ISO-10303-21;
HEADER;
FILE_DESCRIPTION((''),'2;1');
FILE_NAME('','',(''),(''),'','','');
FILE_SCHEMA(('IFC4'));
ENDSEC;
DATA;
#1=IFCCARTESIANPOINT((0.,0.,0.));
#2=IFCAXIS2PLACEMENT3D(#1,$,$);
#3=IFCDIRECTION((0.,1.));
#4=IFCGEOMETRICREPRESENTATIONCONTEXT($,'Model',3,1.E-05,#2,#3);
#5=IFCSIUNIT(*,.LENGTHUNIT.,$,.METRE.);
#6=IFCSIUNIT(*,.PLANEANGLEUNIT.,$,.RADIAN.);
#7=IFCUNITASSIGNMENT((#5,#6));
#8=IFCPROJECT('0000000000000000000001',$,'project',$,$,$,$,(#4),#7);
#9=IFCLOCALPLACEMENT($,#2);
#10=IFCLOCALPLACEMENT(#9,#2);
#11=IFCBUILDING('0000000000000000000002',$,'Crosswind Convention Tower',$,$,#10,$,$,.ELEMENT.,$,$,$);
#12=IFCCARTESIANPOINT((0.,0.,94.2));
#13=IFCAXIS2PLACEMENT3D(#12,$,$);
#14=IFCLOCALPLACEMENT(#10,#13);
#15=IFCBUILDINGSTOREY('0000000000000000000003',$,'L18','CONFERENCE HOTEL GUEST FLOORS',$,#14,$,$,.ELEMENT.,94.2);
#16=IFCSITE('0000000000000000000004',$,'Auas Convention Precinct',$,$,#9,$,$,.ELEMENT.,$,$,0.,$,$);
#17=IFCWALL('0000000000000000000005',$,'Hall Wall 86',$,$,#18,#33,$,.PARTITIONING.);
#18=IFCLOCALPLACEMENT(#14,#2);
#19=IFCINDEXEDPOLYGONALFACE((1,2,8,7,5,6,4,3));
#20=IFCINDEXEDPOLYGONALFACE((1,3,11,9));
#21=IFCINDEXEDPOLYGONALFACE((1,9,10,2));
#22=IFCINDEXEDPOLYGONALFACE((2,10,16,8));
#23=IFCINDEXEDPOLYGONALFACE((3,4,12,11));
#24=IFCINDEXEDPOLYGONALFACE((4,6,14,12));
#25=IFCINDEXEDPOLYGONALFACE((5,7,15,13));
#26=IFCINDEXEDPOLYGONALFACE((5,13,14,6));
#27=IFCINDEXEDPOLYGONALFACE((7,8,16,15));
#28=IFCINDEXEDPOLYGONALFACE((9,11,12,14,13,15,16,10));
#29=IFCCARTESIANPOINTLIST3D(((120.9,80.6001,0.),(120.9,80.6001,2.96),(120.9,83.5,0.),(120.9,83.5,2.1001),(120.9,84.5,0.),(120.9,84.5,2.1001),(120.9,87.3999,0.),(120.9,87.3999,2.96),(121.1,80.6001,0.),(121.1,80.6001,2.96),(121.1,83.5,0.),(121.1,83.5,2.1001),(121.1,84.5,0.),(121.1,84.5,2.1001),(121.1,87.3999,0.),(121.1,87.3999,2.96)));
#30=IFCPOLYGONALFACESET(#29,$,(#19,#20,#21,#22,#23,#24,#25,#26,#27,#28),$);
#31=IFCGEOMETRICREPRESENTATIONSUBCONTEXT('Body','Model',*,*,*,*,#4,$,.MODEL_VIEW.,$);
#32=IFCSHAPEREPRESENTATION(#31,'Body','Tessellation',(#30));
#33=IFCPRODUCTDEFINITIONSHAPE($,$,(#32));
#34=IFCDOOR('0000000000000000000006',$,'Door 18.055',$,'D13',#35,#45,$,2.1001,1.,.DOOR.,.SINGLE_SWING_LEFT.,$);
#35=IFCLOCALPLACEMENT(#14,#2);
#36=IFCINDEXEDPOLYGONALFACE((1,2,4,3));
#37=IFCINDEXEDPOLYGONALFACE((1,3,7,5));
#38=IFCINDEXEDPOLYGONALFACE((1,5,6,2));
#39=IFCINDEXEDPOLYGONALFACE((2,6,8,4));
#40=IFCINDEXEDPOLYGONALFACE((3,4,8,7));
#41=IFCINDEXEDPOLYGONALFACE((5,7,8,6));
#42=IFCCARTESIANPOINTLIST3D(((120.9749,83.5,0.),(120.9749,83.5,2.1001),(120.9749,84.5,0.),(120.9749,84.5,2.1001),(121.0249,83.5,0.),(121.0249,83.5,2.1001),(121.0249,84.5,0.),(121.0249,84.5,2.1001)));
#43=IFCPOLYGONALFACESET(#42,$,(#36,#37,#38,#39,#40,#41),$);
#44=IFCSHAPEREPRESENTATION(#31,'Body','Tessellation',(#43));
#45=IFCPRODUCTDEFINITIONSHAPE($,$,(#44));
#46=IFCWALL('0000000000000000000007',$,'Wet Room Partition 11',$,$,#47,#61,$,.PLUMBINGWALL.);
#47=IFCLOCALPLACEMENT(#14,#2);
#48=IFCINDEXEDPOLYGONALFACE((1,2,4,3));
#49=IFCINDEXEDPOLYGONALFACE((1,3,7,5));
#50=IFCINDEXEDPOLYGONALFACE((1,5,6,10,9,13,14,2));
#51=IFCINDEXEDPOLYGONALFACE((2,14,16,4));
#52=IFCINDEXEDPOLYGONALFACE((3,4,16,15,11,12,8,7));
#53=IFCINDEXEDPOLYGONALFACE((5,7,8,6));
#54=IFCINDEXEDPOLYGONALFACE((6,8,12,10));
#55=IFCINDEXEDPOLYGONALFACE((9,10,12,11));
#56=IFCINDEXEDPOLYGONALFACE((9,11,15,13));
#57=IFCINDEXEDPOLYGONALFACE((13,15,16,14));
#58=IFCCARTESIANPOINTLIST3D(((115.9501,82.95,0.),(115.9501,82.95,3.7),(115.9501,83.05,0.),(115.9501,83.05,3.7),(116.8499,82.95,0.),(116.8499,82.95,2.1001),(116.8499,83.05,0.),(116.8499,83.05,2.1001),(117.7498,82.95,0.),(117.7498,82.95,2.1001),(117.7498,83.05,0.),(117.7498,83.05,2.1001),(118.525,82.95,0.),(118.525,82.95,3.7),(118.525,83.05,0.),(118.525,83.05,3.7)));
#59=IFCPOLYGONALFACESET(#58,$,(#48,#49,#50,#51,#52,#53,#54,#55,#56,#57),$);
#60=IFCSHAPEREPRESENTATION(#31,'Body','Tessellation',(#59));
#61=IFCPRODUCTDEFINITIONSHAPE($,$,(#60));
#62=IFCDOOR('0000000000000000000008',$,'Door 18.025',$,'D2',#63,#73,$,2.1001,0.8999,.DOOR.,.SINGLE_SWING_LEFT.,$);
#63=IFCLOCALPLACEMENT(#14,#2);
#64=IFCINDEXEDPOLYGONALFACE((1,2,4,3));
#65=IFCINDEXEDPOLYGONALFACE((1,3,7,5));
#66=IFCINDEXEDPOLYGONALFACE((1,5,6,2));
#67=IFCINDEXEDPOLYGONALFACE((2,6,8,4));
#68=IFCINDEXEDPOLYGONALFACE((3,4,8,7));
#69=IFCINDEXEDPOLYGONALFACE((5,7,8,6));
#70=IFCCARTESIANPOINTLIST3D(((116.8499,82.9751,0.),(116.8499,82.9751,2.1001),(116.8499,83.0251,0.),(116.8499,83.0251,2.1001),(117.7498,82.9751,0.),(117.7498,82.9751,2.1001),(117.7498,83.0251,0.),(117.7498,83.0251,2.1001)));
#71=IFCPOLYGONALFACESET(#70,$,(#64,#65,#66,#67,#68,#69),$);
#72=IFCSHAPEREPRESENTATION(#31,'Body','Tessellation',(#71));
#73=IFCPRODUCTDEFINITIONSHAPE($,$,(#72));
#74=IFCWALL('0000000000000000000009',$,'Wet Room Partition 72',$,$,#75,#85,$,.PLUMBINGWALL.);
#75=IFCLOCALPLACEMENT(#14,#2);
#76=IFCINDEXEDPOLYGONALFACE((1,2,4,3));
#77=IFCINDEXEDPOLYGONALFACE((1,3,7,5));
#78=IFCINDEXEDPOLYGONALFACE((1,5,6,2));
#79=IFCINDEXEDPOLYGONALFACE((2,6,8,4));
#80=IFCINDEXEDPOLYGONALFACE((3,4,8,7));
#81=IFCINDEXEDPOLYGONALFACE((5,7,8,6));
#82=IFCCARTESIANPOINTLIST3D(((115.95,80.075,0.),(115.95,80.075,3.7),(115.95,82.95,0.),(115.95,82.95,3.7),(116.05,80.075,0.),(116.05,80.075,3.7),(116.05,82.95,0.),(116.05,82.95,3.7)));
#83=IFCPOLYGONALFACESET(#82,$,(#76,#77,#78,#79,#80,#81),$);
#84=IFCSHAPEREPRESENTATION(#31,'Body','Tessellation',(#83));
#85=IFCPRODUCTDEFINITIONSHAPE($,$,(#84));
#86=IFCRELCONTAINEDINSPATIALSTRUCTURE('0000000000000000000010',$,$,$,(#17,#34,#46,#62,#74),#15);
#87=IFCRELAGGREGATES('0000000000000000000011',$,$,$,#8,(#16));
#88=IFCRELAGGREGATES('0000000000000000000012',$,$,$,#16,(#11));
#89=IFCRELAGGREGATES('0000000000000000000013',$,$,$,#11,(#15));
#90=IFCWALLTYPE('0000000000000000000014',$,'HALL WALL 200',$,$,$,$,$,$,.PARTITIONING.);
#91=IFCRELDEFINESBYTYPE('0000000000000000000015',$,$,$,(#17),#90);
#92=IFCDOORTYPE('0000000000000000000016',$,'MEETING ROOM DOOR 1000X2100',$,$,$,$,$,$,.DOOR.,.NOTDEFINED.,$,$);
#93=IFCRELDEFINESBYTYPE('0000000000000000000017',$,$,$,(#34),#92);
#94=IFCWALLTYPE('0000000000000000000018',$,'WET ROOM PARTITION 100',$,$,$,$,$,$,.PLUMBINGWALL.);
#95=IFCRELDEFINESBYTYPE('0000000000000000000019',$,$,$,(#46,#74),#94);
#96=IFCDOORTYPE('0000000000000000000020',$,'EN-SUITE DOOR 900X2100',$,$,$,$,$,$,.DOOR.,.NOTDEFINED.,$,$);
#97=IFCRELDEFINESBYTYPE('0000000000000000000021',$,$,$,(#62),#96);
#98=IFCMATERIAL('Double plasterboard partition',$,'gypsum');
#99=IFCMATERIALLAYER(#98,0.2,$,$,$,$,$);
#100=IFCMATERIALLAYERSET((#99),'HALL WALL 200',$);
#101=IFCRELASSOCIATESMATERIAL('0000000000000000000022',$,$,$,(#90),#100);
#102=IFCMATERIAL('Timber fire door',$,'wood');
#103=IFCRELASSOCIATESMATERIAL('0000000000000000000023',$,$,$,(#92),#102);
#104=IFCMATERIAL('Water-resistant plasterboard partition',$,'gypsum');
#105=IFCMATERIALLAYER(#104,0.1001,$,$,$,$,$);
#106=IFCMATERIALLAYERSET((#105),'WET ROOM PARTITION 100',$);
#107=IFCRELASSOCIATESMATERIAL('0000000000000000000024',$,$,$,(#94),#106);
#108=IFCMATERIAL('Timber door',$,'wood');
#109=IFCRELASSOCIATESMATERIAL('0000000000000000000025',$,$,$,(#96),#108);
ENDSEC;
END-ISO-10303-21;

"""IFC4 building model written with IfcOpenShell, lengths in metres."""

from ifc_helpers import new_model, si_unit, direction, frame, frame_2d, origin, place, context, subcontext, project, spatial, rectangle, extrude, material, layer, layer_set, type_object, element, fill, save


model = new_model("IFC4")

# Units and contexts
model_context = context("Model", 3, precision=1e-05, world=origin(), true_north=direction((0.0, 1.0)))
body_context = subcontext(model_context, "Body", "Model", "MODEL_VIEW")
ifc_project = project(units=[si_unit("LENGTHUNIT", "METRE"), si_unit("PLANEANGLEUNIT", "RADIAN")], contexts=[model_context])

# Site, building, storey
site_placement = place(None, origin())
site = spatial("IfcSite", under=ifc_project, at=site_placement, Name="Auas Convention Precinct", CompositionType="ELEMENT", RefElevation=0.0)
building_placement = place(site_placement, origin())
building = spatial("IfcBuilding", under=site, at=building_placement, Name="Crosswind Convention Tower", CompositionType="ELEMENT")
storey_placement = place(building_placement, frame((0.0, 0.0, 94.2)))
storey = spatial("IfcBuildingStorey", under=building, at=storey_placement, Name="L18", Description="CONFERENCE HOTEL GUEST FLOORS", CompositionType="ELEMENT", Elevation=94.2)

# Walls, openings, doors
ifc_material_1 = material(Name="Timber fire door", Category="wood")
ifc_material_2 = material(Name="Double plasterboard partition", Category="gypsum")
ifc_layer_1 = layer(ifc_material_2, 0.2)
ifc_layer_set_1 = layer_set([ifc_layer_1], Name="HALL WALL 200")
wall_type_1 = type_object("IfcWallType", Name="HALL WALL 200", PredefinedType="PARTITIONING", material=ifc_layer_set_1)
wall_1_placement = place(storey_placement, frame((121.0, 80.6001, 0.0), z_axis=(0.0, 0.0, 1.0), x_axis=(0.0, 1.0, 0.0)))
wall_1 = element("IfcWall", 1, at=wall_1_placement, inside=storey, type_object=wall_type_1, Name="Hall Wall 86", PredefinedType="PARTITIONING", context=body_context, shape_type="SweptSolid", body=[
    extrude(rectangle(XDim=6.7998, YDim=0.2, at=frame_2d((3.3999, 0.0))), origin(), (0.0, 0.0, 1.0), 2.96),
])
opening_1_placement = place(wall_1_placement, frame((2.8999, 0.0, 0.0)))
opening_1 = element("IfcOpeningElement", 2, at=opening_1_placement, cuts=wall_1, PredefinedType="OPENING", context=body_context, shape_type="SweptSolid", body=[
    extrude(rectangle(XDim=1.0, YDim=2.1001, at=frame_2d((0.5, 1.05))), frame((0.0, 0.1099, 0.0), z_axis=(0.0, -1.0, 0.0), x_axis=(1.0, 0.0, 0.0)), (0.0, 0.0, 1.0), 0.22),
])
door_type_1 = type_object("IfcDoorType", Name="MEETING ROOM DOOR 1000X2100", OperationType="NOTDEFINED", PredefinedType="DOOR", material=ifc_material_1)
door_1_placement = place(opening_1_placement, frame((1.0, 0.0, 0.0), z_axis=(0.0, 0.0, 1.0), x_axis=(-1.0, 0.0, 0.0)))
door_1 = element("IfcDoor", 3, at=door_1_placement, inside=storey, type_object=door_type_1, Name="Door 18.055", ObjectType="D13", OperationType="SINGLE_SWING_LEFT", OverallHeight=2.1001, OverallWidth=1.0, PredefinedType="DOOR", context=body_context, shape_type="SweptSolid", body=[
    extrude(rectangle(XDim=1.0, YDim=2.1001, at=frame_2d((0.5, 1.05))), frame((0.0, 0.0249, 0.0), z_axis=(0.0, -1.0, 0.0), x_axis=(1.0, 0.0, 0.0)), (0.0, 0.0, 1.0), 0.05),
])
fill(opening_1, door_1)
ifc_material_3 = material(Name="Water-resistant plasterboard partition", Category="gypsum")
ifc_layer_2 = layer(ifc_material_3, 0.1001)
ifc_layer_set_2 = layer_set([ifc_layer_2], Name="WET ROOM PARTITION 100")
wall_type_2 = type_object("IfcWallType", Name="WET ROOM PARTITION 100", PredefinedType="PLUMBINGWALL", material=ifc_layer_set_2)
wall_2_placement = place(storey_placement, frame((115.95, 83.0, 0.0), z_axis=(0.0, 0.0, 1.0), x_axis=(1.0, 0.0, 0.0)))
wall_2 = element("IfcWall", 4, at=wall_2_placement, inside=storey, type_object=wall_type_2, Name="Wet Room Partition 11", PredefinedType="PLUMBINGWALL", context=body_context, shape_type="SweptSolid", body=[
    extrude(rectangle(XDim=2.575, YDim=0.1001, at=frame_2d((1.2876, 0.0))), origin(), (0.0, 0.0, 1.0), 3.7),
])
opening_2_placement = place(wall_2_placement, frame((0.8999, 0.0, 0.0)))
opening_2 = element("IfcOpeningElement", 5, at=opening_2_placement, cuts=wall_2, PredefinedType="OPENING", context=body_context, shape_type="SweptSolid", body=[
    extrude(rectangle(XDim=0.8999, YDim=2.1001, at=frame_2d((0.45, 1.05))), frame((0.0, 0.0601, 0.0), z_axis=(0.0, -1.0, 0.0), x_axis=(1.0, 0.0, 0.0)), (0.0, 0.0, 1.0), 0.1201),
])
ifc_material_4 = material(Name="Timber door", Category="wood")
door_type_2 = type_object("IfcDoorType", Name="EN-SUITE DOOR 900X2100", OperationType="NOTDEFINED", PredefinedType="DOOR", material=ifc_material_4)
door_2_placement = place(opening_2_placement, frame((0.8999, 0.0, 0.0), z_axis=(0.0, 0.0, 1.0), x_axis=(-1.0, 0.0, 0.0)))
door_2 = element("IfcDoor", 6, at=door_2_placement, inside=storey, type_object=door_type_2, Name="Door 18.025", ObjectType="D2", OperationType="SINGLE_SWING_LEFT", OverallHeight=2.1001, OverallWidth=0.8999, PredefinedType="DOOR", context=body_context, shape_type="SweptSolid", body=[
    extrude(rectangle(XDim=0.8999, YDim=2.1001, at=frame_2d((0.45, 1.05))), frame((0.0, 0.0249, 0.0), z_axis=(0.0, -1.0, 0.0), x_axis=(1.0, 0.0, 0.0)), (0.0, 0.0, 1.0), 0.05),
])
fill(opening_2, door_2)

# Wall
wall_3_placement = place(storey_placement, frame((116.0, 80.075, 0.0), z_axis=(0.0, 0.0, 1.0), x_axis=(0.0, 1.0, 0.0)))
element("IfcWall", 7, at=wall_3_placement, inside=storey, type_object=wall_type_2, Name="Wet Room Partition 72", PredefinedType="PLUMBINGWALL", context=body_context, shape_type="SweptSolid", body=[
    extrude(rectangle(XDim=2.875, YDim=0.1001, at=frame_2d((1.4375, 0.0))), origin(), (0.0, 0.0, 1.0), 3.7),
])

save(model, "model.ifc")
